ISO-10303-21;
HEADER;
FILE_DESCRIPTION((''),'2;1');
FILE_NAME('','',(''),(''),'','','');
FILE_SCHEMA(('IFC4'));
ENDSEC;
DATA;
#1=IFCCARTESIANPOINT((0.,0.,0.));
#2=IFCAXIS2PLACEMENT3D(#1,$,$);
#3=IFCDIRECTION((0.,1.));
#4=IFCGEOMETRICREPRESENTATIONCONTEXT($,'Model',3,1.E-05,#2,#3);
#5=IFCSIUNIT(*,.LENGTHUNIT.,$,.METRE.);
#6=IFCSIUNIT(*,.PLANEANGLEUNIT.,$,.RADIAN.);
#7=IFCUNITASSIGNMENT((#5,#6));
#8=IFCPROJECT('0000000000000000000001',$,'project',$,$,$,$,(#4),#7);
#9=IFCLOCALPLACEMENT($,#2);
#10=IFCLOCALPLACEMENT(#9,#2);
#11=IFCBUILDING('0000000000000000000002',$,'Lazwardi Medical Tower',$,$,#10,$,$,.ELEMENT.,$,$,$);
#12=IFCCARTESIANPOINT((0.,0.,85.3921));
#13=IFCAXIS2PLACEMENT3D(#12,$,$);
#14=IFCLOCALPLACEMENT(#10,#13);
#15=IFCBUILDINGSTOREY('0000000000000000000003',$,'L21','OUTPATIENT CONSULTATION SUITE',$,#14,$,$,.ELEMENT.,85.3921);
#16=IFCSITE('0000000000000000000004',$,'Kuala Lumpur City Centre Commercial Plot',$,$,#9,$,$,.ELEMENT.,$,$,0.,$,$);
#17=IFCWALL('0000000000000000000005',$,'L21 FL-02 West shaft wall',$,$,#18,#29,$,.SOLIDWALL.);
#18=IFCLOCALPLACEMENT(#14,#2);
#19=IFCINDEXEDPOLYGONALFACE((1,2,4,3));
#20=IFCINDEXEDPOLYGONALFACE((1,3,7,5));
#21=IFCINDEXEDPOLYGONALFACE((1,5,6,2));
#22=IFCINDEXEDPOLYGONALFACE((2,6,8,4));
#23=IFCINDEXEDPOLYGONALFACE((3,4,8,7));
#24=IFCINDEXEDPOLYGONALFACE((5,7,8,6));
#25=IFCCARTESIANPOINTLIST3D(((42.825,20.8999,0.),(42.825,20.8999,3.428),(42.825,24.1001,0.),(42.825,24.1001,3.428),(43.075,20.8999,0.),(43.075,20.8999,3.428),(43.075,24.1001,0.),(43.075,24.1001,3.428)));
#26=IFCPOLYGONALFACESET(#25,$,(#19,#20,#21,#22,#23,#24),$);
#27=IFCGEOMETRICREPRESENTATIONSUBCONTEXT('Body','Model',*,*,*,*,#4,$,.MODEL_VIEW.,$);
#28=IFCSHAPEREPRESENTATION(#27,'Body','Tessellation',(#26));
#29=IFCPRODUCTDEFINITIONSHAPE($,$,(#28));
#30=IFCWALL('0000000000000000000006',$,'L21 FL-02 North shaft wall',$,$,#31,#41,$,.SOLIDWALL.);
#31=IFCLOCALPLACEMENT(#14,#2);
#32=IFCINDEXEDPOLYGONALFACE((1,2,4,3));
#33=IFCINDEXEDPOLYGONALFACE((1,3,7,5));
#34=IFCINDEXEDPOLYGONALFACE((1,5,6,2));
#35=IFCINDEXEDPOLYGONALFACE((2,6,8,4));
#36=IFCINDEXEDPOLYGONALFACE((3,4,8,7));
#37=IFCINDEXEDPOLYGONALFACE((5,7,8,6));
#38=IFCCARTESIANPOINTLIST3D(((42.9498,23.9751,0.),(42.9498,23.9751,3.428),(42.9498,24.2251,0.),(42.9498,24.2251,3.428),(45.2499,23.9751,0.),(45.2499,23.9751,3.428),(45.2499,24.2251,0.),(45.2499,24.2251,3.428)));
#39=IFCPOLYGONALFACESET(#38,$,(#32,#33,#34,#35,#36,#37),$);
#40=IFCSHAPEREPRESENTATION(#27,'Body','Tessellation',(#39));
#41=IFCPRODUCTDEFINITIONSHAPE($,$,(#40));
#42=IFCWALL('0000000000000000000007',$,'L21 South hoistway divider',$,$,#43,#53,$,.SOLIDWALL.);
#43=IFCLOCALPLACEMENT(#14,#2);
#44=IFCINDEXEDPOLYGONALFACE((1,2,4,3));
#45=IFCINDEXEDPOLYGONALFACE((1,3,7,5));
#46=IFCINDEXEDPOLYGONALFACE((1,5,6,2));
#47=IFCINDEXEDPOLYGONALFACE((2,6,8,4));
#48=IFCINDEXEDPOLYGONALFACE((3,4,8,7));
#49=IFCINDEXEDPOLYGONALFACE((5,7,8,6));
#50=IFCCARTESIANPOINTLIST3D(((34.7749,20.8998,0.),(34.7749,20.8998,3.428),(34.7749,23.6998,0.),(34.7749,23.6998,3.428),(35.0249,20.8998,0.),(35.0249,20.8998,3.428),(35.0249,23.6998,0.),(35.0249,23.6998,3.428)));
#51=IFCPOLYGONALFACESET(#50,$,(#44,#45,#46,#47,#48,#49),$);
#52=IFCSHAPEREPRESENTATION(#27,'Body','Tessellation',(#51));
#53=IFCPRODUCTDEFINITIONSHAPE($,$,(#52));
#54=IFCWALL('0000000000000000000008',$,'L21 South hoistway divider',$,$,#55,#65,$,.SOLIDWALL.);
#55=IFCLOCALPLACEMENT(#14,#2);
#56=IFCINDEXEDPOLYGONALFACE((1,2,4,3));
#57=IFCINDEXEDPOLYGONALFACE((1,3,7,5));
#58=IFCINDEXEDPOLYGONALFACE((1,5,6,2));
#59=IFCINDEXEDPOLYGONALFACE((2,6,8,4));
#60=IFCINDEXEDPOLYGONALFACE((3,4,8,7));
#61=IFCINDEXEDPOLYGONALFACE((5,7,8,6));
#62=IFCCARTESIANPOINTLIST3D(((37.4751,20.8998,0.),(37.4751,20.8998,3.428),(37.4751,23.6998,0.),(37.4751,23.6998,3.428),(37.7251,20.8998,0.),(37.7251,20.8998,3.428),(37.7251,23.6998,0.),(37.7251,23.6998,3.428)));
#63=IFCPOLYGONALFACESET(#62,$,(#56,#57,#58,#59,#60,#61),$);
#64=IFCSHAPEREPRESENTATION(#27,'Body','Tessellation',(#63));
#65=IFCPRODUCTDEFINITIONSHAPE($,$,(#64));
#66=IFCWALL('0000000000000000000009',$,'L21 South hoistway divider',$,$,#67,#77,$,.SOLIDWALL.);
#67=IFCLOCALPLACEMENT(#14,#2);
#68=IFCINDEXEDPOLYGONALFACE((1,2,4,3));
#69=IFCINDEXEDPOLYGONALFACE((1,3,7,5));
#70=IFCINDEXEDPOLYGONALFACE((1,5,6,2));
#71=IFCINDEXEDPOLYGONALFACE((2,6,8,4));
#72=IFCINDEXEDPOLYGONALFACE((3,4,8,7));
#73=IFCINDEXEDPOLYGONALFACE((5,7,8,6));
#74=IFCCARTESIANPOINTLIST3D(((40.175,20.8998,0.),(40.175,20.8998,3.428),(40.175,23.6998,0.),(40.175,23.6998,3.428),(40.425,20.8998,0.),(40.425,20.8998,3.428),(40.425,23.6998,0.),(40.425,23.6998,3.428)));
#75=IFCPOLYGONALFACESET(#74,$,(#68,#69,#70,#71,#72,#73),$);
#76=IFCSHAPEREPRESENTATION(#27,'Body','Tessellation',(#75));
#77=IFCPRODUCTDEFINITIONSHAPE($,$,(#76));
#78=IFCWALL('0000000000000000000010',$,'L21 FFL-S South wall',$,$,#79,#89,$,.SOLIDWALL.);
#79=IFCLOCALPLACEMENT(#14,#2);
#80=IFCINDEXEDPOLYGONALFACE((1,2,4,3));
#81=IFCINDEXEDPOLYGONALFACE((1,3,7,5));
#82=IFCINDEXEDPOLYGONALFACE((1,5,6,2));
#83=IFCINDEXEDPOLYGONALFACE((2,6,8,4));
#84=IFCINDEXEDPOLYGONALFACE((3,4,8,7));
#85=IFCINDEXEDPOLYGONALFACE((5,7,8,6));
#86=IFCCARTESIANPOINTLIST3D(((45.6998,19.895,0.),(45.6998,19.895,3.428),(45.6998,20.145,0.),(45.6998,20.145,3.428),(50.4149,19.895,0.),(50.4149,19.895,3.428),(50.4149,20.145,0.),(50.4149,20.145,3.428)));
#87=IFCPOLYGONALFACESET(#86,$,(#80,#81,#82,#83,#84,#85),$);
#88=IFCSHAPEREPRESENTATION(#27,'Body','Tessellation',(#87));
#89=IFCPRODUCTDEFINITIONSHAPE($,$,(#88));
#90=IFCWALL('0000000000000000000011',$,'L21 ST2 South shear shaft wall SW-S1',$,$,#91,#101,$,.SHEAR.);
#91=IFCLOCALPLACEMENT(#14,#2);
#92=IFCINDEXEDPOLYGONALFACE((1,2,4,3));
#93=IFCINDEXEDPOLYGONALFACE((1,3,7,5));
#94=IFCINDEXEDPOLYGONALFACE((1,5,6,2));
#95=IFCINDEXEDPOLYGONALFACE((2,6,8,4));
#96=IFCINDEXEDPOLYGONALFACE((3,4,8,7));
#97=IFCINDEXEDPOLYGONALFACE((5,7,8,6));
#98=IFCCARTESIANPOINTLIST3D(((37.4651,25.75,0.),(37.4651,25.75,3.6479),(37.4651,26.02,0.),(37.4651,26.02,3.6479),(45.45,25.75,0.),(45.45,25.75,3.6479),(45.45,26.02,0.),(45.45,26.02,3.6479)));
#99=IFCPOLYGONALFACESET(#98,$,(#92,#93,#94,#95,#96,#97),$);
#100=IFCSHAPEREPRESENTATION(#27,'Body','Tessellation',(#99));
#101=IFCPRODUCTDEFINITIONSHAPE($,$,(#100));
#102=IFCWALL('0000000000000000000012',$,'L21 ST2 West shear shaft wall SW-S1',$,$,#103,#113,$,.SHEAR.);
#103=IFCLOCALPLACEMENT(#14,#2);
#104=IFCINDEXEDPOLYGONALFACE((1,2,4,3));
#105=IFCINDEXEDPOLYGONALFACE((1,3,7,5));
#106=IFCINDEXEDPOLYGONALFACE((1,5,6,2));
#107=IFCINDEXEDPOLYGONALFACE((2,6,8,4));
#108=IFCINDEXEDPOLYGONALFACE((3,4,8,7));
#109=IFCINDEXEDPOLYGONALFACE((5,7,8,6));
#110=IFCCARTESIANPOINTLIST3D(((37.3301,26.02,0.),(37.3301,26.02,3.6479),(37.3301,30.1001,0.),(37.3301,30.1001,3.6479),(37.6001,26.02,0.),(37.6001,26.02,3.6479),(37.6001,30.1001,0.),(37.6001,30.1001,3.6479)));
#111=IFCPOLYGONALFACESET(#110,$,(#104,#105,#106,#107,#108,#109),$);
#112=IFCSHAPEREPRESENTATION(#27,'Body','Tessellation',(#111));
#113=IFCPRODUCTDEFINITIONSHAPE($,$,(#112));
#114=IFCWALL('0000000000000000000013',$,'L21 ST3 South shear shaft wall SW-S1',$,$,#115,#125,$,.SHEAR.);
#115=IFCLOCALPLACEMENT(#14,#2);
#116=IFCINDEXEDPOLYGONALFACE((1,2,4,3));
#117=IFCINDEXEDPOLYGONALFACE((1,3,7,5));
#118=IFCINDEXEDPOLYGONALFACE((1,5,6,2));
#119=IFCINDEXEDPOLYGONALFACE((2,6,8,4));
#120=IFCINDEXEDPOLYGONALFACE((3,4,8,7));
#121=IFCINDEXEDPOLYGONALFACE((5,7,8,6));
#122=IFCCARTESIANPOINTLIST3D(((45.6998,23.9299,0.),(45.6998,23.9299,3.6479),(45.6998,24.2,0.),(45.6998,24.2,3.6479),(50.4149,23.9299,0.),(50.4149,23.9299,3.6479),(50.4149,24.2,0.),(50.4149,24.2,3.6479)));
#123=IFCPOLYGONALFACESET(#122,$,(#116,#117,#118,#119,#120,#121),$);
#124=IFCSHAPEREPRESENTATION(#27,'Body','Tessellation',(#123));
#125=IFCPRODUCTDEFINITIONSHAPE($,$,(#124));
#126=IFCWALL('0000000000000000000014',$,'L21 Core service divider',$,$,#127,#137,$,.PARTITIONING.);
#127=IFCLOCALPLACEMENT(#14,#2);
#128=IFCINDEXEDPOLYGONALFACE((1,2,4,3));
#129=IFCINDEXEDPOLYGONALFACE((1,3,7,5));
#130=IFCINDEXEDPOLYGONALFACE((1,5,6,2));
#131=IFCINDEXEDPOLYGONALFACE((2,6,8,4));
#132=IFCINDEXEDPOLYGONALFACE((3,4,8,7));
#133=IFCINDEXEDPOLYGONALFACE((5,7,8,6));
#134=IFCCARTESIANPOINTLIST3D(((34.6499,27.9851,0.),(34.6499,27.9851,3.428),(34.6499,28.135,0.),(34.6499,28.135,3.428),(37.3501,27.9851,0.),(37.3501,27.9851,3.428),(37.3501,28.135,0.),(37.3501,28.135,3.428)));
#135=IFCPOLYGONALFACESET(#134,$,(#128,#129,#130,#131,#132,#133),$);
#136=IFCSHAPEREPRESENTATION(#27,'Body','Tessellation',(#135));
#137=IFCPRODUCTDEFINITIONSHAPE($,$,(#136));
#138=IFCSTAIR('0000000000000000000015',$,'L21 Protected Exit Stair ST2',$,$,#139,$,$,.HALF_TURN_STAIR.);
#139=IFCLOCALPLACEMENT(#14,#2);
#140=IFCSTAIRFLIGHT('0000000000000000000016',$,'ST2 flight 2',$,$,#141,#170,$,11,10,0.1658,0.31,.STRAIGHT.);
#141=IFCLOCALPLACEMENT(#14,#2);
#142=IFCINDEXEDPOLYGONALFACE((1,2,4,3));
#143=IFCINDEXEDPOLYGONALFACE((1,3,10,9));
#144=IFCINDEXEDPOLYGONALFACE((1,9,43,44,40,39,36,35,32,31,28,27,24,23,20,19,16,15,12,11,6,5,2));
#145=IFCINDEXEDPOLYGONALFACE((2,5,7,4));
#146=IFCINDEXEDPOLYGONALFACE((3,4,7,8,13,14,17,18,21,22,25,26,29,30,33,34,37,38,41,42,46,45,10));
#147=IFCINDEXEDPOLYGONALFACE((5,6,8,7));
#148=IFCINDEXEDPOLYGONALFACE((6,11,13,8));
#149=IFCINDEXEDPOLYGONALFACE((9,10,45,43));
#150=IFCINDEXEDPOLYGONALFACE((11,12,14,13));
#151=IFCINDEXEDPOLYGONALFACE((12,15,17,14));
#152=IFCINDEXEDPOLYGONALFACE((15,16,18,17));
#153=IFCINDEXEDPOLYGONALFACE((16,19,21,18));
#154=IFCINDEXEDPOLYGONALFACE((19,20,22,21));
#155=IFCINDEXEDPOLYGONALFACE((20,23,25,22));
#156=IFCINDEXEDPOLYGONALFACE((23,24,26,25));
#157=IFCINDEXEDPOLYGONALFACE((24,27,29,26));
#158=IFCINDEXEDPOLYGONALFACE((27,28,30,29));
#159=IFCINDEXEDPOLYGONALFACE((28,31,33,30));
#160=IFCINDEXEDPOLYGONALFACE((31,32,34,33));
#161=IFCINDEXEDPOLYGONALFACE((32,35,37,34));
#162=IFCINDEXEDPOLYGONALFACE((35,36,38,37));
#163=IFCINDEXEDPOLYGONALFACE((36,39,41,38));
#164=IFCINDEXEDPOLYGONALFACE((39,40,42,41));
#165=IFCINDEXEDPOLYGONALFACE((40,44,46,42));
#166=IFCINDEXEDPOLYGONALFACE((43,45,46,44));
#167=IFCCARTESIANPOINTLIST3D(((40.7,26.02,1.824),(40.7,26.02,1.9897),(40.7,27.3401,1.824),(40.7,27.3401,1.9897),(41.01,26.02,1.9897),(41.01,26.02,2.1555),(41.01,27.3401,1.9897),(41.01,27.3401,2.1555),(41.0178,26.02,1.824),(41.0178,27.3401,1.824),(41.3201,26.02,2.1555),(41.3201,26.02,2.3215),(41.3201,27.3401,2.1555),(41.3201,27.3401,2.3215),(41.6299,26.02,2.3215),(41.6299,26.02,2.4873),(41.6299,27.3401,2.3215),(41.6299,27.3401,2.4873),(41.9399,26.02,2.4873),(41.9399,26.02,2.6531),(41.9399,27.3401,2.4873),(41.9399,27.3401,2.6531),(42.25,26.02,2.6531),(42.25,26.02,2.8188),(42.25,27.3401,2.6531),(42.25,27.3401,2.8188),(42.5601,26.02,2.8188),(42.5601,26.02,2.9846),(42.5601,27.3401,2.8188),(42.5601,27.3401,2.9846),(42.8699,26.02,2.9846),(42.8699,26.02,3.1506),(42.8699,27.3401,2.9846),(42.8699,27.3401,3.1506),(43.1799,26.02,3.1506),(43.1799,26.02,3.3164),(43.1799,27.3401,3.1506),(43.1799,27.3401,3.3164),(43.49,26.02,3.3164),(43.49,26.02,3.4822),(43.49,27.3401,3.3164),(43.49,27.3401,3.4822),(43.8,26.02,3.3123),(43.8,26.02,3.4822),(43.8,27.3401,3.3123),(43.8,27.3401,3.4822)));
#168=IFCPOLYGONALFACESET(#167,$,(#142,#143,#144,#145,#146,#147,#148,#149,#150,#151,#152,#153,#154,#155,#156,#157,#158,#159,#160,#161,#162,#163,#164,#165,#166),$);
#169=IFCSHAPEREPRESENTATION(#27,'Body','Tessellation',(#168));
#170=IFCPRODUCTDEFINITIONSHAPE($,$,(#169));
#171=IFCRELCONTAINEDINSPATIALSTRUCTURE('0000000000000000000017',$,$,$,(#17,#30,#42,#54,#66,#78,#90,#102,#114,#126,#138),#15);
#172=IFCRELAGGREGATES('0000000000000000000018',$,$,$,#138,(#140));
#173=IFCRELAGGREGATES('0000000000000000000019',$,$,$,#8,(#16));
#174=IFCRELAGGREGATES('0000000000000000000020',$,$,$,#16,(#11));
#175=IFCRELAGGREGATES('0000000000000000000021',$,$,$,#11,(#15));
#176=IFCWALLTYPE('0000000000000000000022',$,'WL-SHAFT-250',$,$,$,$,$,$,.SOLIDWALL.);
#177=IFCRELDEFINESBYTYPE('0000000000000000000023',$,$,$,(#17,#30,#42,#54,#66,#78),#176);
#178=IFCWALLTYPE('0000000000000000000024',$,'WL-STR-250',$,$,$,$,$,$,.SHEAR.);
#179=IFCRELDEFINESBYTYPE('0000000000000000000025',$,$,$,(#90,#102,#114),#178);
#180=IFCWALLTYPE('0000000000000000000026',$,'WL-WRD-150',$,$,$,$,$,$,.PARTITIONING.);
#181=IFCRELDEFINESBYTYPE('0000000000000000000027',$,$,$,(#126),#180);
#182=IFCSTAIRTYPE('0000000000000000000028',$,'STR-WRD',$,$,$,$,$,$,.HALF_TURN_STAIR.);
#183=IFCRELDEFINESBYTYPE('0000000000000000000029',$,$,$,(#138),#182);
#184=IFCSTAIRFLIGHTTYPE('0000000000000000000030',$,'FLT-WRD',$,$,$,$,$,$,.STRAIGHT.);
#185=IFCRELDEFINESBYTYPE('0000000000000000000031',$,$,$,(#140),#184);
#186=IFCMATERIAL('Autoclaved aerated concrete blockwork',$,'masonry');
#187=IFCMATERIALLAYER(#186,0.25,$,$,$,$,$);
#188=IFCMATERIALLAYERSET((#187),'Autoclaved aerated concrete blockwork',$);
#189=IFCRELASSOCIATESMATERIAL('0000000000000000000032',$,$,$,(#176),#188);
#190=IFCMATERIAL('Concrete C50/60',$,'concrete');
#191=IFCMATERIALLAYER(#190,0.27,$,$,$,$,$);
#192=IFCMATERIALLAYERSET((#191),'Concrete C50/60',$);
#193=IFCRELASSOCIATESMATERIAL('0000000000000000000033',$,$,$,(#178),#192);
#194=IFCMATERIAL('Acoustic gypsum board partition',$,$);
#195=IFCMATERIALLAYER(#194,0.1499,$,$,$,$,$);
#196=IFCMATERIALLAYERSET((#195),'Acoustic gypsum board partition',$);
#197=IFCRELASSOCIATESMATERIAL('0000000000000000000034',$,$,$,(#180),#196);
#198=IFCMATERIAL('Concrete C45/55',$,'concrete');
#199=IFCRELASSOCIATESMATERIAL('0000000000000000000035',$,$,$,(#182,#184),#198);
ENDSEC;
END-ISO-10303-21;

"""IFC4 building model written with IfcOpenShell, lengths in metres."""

from ifc_helpers import new_model, si_unit, direction, frame, frame_2d, origin, place, context, subcontext, project, spatial, polyline, rectangle, outline, extrude, material, layer, layer_set, type_object, element, aggregate, save


model = new_model("IFC4")

# Units and contexts
model_context = context("Model", 3, precision=1e-05, world=origin(), true_north=direction((0.0, 1.0)))
body_context = subcontext(model_context, "Body", "Model", "MODEL_VIEW")
ifc_project = project(units=[si_unit("LENGTHUNIT", "METRE"), si_unit("PLANEANGLEUNIT", "RADIAN")], contexts=[model_context])

# Site, building, storey
site_placement = place(None, origin())
site = spatial("IfcSite", under=ifc_project, at=site_placement, Name="Kuala Lumpur City Centre Commercial Plot", CompositionType="ELEMENT", RefElevation=0.0)
building_placement = place(site_placement, origin())
building = spatial("IfcBuilding", under=site, at=building_placement, Name="Lazwardi Medical Tower", CompositionType="ELEMENT")
storey_placement = place(building_placement, frame((0.0, 0.0, 85.3921)))
storey = spatial("IfcBuildingStorey", under=building, at=storey_placement, Name="L21", Description="OUTPATIENT CONSULTATION SUITE", CompositionType="ELEMENT", Elevation=85.3921)

# Walls
ifc_material_1 = material(Name="Autoclaved aerated concrete blockwork", Category="masonry")
ifc_layer_1 = layer(ifc_material_1, 0.25)
ifc_layer_set_1 = layer_set([ifc_layer_1], Name="Autoclaved aerated concrete blockwork")
wall_type_1 = type_object("IfcWallType", Name="WL-SHAFT-250", PredefinedType="SOLIDWALL", material=ifc_layer_set_1)
wall_1_placement = place(storey_placement, frame((42.95, 20.8999, 0.0), z_axis=(0.0, 0.0, 1.0), x_axis=(0.0, 1.0, 0.0)))
element("IfcWall", 1, at=wall_1_placement, inside=storey, type_object=wall_type_1, Name="L21 FL-02 West shaft wall", PredefinedType="SOLIDWALL", context=body_context, shape_type="SweptSolid", body=[
    extrude(rectangle(XDim=3.2002, YDim=0.25, at=frame_2d((1.6001, 0.0))), origin(), (0.0, 0.0, 1.0), 3.428),
])
wall_2_placement = place(storey_placement, frame((42.95, 24.1001, 0.0), z_axis=(0.0, 0.0, 1.0), x_axis=(1.0, 0.0, 0.0)))
element("IfcWall", 2, at=wall_2_placement, inside=storey, type_object=wall_type_1, Name="L21 FL-02 North shaft wall", PredefinedType="SOLIDWALL", context=body_context, shape_type="SweptSolid", body=[
    extrude(rectangle(XDim=2.3, YDim=0.25, at=frame_2d((1.1499, 0.0))), origin(), (0.0, 0.0, 1.0), 3.428),
])
for number, where, z_axis, x_axis, name in (
    (3, (34.8999, 20.8999, 0.0), (0.0, 0.0, 1.0), (0.0, 1.0, 0.0), "L21 South hoistway divider"),
    (4, (37.6001, 20.8999, 0.0), (0.0, 0.0, 1.0), (0.0, 1.0, 0.0), "L21 South hoistway divider"),
    (5, (40.3, 20.8999, 0.0), (0.0, 0.0, 1.0), (0.0, 1.0, 0.0), "L21 South hoistway divider"),
):
    element("IfcWall", number, at=place(storey_placement, frame(where, z_axis=z_axis, x_axis=x_axis)), inside=storey, type_object=wall_type_1, Name=name, PredefinedType="SOLIDWALL", context=body_context, shape_type="SweptSolid", body=[
        extrude(rectangle(XDim=2.8, YDim=0.25, at=frame_2d((1.3999, 0.0))), origin(), (0.0, 0.0, 1.0), 3.428),
    ])
wall_3_placement = place(storey_placement, frame((45.7, 20.02, 0.0), z_axis=(0.0, 0.0, 1.0), x_axis=(1.0, 0.0, 0.0)))
element("IfcWall", 6, at=wall_3_placement, inside=storey, type_object=wall_type_1, Name="L21 FFL-S South wall", PredefinedType="SOLIDWALL", context=body_context, shape_type="SweptSolid", body=[
    extrude(rectangle(XDim=4.7151, YDim=0.25, at=frame_2d((2.3574, 0.0))), origin(), (0.0, 0.0, 1.0), 3.428),
])
ifc_material_2 = material(Name="Concrete C50/60", Category="concrete")
ifc_layer_2 = layer(ifc_material_2, 0.27)
ifc_layer_set_2 = layer_set([ifc_layer_2], Name="Concrete C50/60")
wall_type_2 = type_object("IfcWallType", Name="WL-STR-250", PredefinedType="SHEAR", material=ifc_layer_set_2)
wall_4_placement = place(storey_placement, frame((37.4651, 25.885, 0.0), z_axis=(0.0, 0.0, 1.0), x_axis=(1.0, 0.0, 0.0)))
element("IfcWall", 7, at=wall_4_placement, inside=storey, type_object=wall_type_2, Name="L21 ST2 South shear shaft wall SW-S1", PredefinedType="SHEAR", context=body_context, shape_type="SweptSolid", body=[
    extrude(rectangle(XDim=7.9849, YDim=0.27, at=frame_2d((3.9924, 0.0))), origin(), (0.0, 0.0, 1.0), 3.6479),
])
wall_5_placement = place(storey_placement, frame((37.4651, 26.02, 0.0), z_axis=(0.0, 0.0, 1.0), x_axis=(0.0, 1.0, 0.0)))
element("IfcWall", 8, at=wall_5_placement, inside=storey, type_object=wall_type_2, Name="L21 ST2 West shear shaft wall SW-S1", PredefinedType="SHEAR", context=body_context, shape_type="SweptSolid", body=[
    extrude(rectangle(XDim=4.0801, YDim=0.27, at=frame_2d((2.04, 0.0))), origin(), (0.0, 0.0, 1.0), 3.6479),
])
wall_6_placement = place(storey_placement, frame((45.7, 24.0649, 0.0), z_axis=(0.0, 0.0, 1.0), x_axis=(1.0, 0.0, 0.0)))
element("IfcWall", 9, at=wall_6_placement, inside=storey, type_object=wall_type_2, Name="L21 ST3 South shear shaft wall SW-S1", PredefinedType="SHEAR", context=body_context, shape_type="SweptSolid", body=[
    extrude(rectangle(XDim=4.7151, YDim=0.27, at=frame_2d((2.3574, 0.0))), origin(), (0.0, 0.0, 1.0), 3.6479),
])
ifc_material_3 = material(Name="Acoustic gypsum board partition")
ifc_layer_3 = layer(ifc_material_3, 0.1499)
ifc_layer_set_3 = layer_set([ifc_layer_3], Name="Acoustic gypsum board partition")
wall_type_3 = type_object("IfcWallType", Name="WL-WRD-150", PredefinedType="PARTITIONING", material=ifc_layer_set_3)
wall_7_placement = place(storey_placement, frame((34.6499, 28.0601, 0.0), z_axis=(0.0, 0.0, 1.0), x_axis=(1.0, 0.0, 0.0)))
element("IfcWall", 10, at=wall_7_placement, inside=storey, type_object=wall_type_3, Name="L21 Core service divider", PredefinedType="PARTITIONING", context=body_context, shape_type="SweptSolid", body=[
    extrude(rectangle(XDim=2.7002, YDim=0.1499, at=frame_2d((1.3501, 0.0))), origin(), (0.0, 0.0, 1.0), 3.428),
])

# Stair, stair flight
ifc_material_4 = material(Name="Concrete C45/55", Category="concrete")
stair_type = type_object("IfcStairType", Name="STR-WRD", PredefinedType="HALF_TURN_STAIR", material=ifc_material_4)
stair_placement = place(storey_placement, origin())
stair = element("IfcStair", 11, at=stair_placement, inside=storey, type_object=stair_type, Name="L21 Protected Exit Stair ST2", PredefinedType="HALF_TURN_STAIR")
stair_flight_type = type_object("IfcStairFlightType", Name="FLT-WRD", PredefinedType="STRAIGHT", material=ifc_material_4)
stair_flight_placement = place(storey_placement, frame((40.7, 26.6799, 1.824), z_axis=(0.0, 0.0, 1.0), x_axis=(1.0, 0.0, 0.0)))
stair_flight = element("IfcStairFlight", 12, at=stair_flight_placement, type_object=stair_flight_type, Name="ST2 flight 2", NumberOfRisers=11, NumberOfTreads=10, PredefinedType="STRAIGHT", RiserHeight=0.1658, TreadLength=0.31, context=body_context, shape_type="SweptSolid", body=[
    extrude(outline(polyline([(0.0, 0.0), (0.0, 0.1658), (0.3101, 0.1658), (0.3101, 0.3315), (0.6201, 0.3315), (0.6201, 0.4976), (0.9299, 0.4976), (0.9299, 0.6633), (1.24, 0.6633), (1.24, 0.8291), (1.55, 0.8291), (1.55, 0.9949), (1.8601, 0.9949), (1.8601, 1.1606), (2.1699, 1.1606), (2.1699, 1.3267), (2.48, 1.3267), (2.48, 1.4924), (2.79, 1.4924), (2.79, 1.6582), (3.1001, 1.6582), (3.1001, 1.824), (3.1001, 1.4883), (0.3179, 0.0), (0.0, 0.0)])), frame((0.0, 0.6602, 0.0), z_axis=(0.0, -1.0, 0.0), x_axis=(1.0, 0.0, 0.0)), (0.0, 0.0, 1.0), 1.3201),
])
aggregate(stair, [stair_flight])

save(model, "model.ifc")
